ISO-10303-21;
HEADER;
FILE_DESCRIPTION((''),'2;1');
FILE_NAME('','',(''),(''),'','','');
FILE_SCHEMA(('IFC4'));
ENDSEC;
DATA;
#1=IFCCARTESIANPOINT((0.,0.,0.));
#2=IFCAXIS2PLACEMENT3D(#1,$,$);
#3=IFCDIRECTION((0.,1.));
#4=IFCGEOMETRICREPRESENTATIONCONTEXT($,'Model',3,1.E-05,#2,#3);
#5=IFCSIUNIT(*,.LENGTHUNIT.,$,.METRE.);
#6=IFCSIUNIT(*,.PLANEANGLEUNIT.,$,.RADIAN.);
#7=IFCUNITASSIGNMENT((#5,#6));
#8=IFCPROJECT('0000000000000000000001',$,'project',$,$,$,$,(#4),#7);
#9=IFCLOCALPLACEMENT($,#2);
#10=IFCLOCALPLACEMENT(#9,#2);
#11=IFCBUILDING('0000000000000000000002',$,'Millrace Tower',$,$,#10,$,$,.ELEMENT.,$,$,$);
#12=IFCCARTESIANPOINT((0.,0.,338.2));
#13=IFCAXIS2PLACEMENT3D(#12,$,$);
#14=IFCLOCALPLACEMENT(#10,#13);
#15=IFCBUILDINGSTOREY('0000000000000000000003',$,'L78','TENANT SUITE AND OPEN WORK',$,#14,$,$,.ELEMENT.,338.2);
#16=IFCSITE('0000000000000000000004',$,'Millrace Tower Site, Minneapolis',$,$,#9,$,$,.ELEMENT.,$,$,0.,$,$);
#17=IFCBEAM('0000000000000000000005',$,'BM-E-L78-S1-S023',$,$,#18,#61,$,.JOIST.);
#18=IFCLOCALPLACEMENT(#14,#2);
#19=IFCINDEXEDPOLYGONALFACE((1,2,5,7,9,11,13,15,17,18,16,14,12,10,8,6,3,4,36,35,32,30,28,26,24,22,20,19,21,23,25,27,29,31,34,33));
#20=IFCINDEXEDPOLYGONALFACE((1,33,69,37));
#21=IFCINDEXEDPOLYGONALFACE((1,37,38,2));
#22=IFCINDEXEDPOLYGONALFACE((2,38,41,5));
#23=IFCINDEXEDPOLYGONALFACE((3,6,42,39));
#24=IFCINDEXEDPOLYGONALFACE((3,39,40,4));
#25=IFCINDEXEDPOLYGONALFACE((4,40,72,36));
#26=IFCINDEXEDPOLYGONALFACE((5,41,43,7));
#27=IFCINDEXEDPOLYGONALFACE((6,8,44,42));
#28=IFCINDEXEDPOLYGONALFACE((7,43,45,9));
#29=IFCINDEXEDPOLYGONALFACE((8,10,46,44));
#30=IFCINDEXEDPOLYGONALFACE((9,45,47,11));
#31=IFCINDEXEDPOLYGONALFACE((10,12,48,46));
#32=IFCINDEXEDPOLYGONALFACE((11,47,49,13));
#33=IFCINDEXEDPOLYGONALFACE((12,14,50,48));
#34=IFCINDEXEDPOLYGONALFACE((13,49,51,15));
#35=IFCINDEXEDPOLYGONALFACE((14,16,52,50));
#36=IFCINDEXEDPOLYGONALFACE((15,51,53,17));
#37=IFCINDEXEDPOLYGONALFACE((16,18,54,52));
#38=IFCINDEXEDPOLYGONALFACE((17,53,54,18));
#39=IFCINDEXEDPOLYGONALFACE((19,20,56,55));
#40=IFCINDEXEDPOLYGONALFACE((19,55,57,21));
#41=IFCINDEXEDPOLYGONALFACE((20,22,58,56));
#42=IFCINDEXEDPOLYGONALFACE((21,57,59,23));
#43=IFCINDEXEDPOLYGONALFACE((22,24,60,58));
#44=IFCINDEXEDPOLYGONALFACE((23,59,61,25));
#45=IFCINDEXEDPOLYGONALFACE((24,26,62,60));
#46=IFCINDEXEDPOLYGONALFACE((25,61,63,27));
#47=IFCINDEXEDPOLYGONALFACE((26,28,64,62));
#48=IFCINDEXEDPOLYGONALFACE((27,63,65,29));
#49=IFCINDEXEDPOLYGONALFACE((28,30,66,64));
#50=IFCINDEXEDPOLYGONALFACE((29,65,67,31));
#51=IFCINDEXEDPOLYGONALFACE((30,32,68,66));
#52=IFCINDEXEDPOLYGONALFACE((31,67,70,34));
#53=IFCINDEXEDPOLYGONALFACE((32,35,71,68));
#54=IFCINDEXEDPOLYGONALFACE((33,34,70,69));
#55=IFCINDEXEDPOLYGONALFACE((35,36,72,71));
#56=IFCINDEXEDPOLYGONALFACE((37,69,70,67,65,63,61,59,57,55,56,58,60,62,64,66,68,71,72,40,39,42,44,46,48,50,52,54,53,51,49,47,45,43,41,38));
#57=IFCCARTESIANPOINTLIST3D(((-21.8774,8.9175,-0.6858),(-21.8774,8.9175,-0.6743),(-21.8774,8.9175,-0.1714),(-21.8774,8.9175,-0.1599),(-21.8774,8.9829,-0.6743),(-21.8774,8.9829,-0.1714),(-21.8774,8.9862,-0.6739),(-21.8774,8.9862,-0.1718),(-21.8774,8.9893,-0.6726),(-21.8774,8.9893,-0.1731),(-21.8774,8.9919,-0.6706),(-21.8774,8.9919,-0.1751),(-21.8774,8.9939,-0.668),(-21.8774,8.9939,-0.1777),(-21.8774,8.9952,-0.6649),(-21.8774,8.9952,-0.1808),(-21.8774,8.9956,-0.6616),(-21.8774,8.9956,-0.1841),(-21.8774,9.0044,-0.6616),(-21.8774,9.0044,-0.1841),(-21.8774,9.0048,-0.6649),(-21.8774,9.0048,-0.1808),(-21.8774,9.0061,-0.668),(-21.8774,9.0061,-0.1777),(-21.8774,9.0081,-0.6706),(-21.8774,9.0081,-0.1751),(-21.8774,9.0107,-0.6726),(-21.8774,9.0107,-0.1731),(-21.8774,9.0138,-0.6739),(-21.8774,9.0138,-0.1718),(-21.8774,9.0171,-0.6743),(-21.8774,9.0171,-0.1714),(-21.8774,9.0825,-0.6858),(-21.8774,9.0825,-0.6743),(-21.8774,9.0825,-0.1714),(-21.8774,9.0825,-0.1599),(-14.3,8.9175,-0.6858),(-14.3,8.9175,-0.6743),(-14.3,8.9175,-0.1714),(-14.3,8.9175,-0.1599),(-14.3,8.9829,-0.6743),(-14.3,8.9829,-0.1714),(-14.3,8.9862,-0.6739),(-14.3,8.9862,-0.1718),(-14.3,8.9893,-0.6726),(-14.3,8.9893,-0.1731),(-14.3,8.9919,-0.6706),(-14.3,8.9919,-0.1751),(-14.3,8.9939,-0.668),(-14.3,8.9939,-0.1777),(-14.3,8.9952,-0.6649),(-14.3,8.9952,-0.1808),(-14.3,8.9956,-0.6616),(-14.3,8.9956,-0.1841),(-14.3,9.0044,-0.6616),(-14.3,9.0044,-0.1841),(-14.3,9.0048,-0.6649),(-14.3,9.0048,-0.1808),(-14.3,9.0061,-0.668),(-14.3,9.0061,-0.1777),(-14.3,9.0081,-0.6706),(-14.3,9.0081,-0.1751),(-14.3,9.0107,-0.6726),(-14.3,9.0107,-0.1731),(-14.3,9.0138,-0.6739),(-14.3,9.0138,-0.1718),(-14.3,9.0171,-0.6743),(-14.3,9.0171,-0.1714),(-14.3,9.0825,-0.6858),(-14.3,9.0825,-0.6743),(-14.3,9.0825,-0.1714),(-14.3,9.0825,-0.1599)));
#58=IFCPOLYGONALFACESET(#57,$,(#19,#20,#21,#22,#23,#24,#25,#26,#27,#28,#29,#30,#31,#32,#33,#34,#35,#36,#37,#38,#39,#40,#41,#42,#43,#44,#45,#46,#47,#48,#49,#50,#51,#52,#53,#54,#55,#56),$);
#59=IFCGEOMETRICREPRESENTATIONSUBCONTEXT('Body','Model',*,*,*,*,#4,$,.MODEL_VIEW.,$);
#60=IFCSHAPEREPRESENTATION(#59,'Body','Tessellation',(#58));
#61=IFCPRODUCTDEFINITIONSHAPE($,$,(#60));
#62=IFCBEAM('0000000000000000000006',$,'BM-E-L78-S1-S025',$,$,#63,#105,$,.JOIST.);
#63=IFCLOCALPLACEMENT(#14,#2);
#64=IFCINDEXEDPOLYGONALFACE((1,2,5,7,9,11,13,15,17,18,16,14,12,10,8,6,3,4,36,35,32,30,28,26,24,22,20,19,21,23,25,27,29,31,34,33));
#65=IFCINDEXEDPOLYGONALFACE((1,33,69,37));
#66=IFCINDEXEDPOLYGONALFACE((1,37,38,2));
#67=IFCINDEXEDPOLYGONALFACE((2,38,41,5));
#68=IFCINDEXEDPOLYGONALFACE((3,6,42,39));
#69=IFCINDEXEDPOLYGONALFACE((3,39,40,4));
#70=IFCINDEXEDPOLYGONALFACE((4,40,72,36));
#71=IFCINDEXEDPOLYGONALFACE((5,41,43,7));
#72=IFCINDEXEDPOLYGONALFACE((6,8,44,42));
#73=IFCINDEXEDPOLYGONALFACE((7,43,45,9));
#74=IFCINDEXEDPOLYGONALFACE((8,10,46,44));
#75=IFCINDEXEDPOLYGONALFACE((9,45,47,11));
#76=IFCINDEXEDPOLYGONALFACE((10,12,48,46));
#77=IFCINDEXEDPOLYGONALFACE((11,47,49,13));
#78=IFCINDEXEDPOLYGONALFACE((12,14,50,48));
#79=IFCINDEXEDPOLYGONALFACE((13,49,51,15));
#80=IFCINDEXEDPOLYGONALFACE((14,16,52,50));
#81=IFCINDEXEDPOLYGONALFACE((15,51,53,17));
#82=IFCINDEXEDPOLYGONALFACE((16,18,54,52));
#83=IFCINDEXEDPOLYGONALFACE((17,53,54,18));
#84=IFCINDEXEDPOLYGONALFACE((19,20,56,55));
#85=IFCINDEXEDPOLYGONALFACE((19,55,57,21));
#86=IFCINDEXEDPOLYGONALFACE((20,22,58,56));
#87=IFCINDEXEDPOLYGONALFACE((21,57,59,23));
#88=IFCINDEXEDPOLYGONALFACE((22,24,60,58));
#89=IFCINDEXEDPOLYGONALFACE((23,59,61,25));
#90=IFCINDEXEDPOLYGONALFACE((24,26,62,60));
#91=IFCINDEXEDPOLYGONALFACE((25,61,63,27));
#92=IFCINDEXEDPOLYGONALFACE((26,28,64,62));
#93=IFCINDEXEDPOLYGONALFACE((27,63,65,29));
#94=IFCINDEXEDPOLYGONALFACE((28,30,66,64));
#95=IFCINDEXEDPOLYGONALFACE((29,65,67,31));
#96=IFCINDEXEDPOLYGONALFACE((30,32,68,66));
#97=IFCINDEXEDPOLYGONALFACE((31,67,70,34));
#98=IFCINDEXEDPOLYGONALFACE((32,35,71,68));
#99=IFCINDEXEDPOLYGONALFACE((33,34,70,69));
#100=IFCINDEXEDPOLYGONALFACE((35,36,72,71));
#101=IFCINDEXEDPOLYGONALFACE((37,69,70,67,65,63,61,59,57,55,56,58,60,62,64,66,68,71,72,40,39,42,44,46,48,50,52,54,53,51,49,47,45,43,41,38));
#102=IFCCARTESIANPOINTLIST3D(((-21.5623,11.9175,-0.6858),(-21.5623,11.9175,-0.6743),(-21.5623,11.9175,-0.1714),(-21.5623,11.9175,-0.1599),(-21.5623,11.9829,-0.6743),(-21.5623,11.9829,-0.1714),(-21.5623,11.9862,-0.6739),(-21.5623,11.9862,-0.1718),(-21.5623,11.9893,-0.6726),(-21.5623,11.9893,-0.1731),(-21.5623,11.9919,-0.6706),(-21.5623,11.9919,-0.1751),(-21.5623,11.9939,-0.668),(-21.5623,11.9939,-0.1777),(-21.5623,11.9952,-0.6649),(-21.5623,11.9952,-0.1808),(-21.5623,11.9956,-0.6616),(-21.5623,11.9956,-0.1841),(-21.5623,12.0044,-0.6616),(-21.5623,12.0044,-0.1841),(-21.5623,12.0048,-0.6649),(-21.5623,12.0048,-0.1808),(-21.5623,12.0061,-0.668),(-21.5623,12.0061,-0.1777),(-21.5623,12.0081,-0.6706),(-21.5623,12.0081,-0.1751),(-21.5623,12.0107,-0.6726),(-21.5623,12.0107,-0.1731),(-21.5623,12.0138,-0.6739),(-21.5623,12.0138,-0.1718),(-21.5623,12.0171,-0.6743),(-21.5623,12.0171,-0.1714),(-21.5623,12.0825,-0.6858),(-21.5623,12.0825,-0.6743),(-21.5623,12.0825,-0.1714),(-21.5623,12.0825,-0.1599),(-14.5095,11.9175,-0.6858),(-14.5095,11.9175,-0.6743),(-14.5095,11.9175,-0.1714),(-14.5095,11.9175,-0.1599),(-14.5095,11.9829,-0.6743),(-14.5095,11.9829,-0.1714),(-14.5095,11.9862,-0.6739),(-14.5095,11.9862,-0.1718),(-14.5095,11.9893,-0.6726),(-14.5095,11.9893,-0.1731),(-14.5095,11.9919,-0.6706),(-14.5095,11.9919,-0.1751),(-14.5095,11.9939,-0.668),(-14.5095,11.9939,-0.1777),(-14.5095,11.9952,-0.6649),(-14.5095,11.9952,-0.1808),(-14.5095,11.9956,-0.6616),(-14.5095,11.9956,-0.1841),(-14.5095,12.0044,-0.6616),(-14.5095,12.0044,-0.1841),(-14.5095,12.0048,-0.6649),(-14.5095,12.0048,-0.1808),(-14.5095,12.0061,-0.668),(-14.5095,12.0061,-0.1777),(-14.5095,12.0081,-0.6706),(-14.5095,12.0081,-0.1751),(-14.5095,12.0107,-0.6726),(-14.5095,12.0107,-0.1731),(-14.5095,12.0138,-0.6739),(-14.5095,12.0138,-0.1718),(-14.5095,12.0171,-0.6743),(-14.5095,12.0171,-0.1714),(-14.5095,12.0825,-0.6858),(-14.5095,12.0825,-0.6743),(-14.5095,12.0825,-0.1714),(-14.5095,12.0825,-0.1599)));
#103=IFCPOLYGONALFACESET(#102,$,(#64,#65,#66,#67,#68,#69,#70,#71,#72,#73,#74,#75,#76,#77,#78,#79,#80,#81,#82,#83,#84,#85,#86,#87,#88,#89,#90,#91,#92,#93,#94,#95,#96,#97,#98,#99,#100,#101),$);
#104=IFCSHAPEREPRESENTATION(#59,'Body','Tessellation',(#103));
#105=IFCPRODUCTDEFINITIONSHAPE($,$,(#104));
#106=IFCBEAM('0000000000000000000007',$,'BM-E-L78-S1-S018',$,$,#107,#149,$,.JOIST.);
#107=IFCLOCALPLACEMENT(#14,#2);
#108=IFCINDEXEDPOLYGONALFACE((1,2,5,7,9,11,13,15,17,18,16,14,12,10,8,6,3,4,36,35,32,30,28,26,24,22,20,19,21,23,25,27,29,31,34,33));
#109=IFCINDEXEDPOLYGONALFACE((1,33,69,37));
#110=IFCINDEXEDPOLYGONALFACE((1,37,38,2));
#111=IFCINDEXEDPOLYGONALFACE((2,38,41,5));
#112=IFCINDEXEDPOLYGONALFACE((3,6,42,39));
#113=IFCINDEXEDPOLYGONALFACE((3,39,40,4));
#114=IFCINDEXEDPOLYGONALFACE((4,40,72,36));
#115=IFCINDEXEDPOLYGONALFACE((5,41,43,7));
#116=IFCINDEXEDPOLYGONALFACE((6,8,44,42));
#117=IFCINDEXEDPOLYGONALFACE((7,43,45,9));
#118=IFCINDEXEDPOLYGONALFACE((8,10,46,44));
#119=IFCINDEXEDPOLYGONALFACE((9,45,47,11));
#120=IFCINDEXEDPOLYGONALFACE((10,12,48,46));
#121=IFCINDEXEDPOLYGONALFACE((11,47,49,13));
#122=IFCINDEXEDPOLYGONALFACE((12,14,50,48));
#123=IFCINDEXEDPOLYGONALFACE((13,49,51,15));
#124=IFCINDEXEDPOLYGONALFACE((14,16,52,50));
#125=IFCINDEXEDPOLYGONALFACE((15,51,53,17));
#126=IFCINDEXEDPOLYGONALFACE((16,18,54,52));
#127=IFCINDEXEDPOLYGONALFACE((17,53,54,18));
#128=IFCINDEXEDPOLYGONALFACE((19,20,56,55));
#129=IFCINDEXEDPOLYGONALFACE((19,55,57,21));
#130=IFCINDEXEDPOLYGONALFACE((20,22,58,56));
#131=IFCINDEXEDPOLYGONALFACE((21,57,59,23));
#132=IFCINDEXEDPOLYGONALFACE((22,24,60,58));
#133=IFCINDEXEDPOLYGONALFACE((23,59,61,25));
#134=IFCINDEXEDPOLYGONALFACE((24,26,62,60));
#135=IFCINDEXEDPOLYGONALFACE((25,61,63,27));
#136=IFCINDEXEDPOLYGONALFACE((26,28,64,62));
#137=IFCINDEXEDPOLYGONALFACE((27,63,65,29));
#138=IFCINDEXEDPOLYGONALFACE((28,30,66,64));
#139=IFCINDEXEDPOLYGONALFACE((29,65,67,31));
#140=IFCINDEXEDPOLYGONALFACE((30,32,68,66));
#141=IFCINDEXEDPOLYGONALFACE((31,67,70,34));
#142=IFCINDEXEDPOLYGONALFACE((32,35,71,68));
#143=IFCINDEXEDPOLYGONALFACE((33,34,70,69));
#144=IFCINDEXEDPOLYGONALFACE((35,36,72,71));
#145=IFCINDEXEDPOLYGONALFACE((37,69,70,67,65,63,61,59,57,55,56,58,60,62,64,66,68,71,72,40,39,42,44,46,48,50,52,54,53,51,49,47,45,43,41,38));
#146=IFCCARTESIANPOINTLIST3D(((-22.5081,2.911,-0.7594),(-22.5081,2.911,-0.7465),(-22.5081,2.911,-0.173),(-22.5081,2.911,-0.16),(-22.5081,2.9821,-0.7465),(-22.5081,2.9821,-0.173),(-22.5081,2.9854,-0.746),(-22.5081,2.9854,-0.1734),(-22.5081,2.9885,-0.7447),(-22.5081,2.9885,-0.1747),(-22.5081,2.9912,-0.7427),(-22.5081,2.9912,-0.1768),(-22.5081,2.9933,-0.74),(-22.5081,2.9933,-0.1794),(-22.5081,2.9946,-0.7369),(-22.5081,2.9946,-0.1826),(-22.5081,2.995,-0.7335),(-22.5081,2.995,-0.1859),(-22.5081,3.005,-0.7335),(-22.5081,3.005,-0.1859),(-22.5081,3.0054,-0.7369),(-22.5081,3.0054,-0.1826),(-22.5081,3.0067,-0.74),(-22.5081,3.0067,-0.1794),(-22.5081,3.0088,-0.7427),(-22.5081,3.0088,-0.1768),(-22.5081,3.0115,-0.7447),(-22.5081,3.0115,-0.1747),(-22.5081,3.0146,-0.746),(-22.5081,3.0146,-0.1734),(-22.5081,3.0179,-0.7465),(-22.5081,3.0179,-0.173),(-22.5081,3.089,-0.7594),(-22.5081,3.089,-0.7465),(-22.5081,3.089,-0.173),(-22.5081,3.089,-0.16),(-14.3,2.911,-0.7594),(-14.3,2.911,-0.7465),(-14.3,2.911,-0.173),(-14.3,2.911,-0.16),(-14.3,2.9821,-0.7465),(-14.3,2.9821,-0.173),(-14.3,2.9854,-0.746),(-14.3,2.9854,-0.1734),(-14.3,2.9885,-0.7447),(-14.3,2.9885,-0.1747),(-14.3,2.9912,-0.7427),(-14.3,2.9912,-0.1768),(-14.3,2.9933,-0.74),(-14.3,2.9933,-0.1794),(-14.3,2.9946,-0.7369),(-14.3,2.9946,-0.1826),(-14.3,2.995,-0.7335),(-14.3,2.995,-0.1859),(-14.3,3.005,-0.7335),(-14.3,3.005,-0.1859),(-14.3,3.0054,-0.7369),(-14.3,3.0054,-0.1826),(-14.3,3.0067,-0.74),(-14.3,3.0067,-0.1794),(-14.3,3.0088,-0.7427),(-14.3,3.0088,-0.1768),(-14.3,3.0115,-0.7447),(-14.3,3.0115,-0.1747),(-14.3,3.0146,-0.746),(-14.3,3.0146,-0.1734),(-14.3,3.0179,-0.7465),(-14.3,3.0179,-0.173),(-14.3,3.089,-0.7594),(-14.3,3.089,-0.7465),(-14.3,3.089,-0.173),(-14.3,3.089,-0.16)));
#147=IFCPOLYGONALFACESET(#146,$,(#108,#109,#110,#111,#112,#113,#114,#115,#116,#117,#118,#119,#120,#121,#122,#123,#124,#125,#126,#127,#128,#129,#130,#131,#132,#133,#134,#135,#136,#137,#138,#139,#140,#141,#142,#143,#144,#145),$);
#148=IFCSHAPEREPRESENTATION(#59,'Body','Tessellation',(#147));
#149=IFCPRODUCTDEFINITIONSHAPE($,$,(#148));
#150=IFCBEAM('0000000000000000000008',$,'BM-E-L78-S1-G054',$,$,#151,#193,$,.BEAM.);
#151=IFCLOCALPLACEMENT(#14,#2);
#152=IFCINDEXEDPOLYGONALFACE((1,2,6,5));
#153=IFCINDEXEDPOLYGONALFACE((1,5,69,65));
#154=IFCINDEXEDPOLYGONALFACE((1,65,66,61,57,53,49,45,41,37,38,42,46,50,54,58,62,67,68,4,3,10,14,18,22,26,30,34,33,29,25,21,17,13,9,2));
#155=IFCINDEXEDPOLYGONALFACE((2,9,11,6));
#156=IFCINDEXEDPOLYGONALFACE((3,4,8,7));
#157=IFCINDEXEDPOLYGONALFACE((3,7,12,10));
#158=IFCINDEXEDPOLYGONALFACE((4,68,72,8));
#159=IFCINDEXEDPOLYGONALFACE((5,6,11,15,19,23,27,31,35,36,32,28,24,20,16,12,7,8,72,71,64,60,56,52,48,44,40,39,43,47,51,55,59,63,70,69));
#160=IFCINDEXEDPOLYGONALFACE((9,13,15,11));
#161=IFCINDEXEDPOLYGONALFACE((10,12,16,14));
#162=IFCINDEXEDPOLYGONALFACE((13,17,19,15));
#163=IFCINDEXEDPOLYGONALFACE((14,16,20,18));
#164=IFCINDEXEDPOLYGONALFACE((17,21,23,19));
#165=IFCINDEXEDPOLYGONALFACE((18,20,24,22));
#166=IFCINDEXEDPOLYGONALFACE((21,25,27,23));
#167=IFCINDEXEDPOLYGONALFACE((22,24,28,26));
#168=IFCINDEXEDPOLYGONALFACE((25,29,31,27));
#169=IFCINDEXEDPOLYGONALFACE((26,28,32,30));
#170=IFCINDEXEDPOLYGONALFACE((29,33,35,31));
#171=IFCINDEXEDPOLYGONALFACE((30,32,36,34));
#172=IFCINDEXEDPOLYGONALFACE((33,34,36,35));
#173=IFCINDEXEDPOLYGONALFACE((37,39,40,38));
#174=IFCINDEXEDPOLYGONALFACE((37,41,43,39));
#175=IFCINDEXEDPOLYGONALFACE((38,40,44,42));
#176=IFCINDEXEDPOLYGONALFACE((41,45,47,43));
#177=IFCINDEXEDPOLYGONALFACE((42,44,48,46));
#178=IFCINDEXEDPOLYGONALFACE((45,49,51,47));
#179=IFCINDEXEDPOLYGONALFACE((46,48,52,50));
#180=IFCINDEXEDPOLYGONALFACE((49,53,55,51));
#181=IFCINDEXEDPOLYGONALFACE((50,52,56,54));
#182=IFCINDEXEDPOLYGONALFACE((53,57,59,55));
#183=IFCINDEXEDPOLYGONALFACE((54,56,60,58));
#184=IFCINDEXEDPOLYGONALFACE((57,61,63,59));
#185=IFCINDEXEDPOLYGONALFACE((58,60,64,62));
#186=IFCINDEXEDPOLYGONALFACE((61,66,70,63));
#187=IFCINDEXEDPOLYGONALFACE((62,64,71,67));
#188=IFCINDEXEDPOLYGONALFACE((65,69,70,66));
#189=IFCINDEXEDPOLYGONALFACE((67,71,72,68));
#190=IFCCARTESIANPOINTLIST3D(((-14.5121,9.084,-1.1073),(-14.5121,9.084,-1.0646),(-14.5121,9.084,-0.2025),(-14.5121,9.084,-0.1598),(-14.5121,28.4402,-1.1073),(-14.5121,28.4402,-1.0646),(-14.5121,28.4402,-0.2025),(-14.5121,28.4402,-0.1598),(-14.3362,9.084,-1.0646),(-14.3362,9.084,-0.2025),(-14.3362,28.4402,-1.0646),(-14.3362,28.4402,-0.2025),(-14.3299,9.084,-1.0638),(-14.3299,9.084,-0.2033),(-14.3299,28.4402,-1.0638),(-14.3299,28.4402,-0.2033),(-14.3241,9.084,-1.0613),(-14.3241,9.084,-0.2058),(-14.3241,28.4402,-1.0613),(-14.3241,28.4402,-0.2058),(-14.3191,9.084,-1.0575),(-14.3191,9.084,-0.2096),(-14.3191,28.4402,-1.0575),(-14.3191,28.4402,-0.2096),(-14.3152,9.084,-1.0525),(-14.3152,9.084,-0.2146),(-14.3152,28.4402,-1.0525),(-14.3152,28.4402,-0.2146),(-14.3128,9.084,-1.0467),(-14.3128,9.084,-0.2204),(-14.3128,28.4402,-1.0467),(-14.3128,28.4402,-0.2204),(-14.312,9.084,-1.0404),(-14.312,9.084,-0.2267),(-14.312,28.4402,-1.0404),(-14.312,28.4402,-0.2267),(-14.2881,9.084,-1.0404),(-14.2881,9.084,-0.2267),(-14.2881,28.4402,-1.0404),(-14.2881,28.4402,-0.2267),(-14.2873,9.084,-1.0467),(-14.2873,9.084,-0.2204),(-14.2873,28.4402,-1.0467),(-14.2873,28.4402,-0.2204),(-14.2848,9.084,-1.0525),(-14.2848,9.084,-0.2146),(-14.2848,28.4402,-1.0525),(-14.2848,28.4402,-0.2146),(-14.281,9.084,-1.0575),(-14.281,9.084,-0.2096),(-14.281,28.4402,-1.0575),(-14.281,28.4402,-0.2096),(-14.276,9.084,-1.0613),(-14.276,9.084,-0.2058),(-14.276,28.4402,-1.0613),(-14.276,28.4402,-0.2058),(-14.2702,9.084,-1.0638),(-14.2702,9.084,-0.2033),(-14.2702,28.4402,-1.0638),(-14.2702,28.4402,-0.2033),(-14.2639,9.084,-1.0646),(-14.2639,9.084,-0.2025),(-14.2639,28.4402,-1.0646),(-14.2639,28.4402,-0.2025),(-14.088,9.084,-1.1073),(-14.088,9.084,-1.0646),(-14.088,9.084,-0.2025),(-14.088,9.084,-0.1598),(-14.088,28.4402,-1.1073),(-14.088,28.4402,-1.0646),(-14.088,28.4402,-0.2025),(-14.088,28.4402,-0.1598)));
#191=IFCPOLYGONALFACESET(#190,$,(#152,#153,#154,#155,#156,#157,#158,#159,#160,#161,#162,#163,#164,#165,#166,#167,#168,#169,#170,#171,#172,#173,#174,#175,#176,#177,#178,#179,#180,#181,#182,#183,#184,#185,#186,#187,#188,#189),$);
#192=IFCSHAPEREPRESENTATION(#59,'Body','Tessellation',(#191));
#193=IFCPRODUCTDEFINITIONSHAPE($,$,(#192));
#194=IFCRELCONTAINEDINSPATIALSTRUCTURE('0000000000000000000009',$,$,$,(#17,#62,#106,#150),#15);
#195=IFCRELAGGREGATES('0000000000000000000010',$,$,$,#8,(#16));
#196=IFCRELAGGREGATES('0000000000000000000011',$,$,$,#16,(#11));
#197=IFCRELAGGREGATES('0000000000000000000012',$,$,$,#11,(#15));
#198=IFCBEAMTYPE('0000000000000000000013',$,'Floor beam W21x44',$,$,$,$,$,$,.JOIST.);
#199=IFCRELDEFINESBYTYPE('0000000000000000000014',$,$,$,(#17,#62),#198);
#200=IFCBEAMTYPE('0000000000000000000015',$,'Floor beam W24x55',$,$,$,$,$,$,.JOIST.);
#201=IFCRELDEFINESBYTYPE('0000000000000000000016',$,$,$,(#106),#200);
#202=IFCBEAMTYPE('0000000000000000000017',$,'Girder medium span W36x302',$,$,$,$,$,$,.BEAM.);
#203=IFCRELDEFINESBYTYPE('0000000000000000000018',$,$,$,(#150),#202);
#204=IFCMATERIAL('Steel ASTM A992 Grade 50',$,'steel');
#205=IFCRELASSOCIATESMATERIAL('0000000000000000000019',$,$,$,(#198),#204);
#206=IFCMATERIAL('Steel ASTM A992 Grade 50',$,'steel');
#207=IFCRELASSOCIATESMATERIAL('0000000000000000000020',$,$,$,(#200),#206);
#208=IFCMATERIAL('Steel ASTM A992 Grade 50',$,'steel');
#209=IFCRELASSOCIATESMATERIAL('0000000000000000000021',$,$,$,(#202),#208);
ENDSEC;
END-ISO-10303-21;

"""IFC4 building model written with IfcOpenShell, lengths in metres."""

from ifc_helpers import new_model, si_unit, direction, frame, origin, origin_2d, place, context, subcontext, project, spatial, i_section, extrude, material, material_profile, profile_set, type_object, element, save


model = new_model("IFC4")

# Units and contexts
model_context = context("Model", 3, precision=1e-05, world=origin(), true_north=direction((0.0, 1.0)))
body_context = subcontext(model_context, "Body", "Model", "MODEL_VIEW")
ifc_project = project(units=[si_unit("LENGTHUNIT", "METRE"), si_unit("PLANEANGLEUNIT", "RADIAN")], contexts=[model_context])

# Site, building, storey
site_placement = place(None, origin())
site = spatial("IfcSite", under=ifc_project, at=site_placement, Name="Millrace Tower Site, Minneapolis", CompositionType="ELEMENT", RefElevation=0.0)
building_placement = place(site_placement, origin())
building = spatial("IfcBuilding", under=site, at=building_placement, Name="Millrace Tower", CompositionType="ELEMENT")
storey_placement = place(building_placement, frame((0.0, 0.0, 338.2)))
storey = spatial("IfcBuildingStorey", under=building, at=storey_placement, Name="L78", Description="TENANT SUITE AND OPEN WORK", CompositionType="ELEMENT", Elevation=338.2)

# Beams
ifc_material_1 = material(Name="Steel ASTM A992 Grade 50", Category="steel")
ifc_material_profile_1 = material_profile(ifc_material_1, i_section(OverallWidth=0.165, OverallDepth=0.5259, WebThickness=0.0088, FlangeThickness=0.0115, FilletRadius=0.0127, at=origin_2d()))
ifc_profile_set_1 = profile_set([ifc_material_profile_1], Name="Steel ASTM A992 Grade 50")
beam_type_1 = type_object("IfcBeamType", Name="Floor beam W21x44", PredefinedType="JOIST", material=ifc_profile_set_1)
beam_1_placement = place(storey_placement, frame((-21.8774, 9.0, -0.4229), z_axis=(1.0, 0.0, 0.0), x_axis=(0.0, 1.0, 0.0)))
element("IfcBeam", 1, at=beam_1_placement, inside=storey, type_object=beam_type_1, Name="BM-E-L78-S1-S023", PredefinedType="JOIST", context=body_context, shape_type="SweptSolid", body=[
    extrude(i_section(OverallWidth=0.165, OverallDepth=0.5259, WebThickness=0.0088, FlangeThickness=0.0115, FilletRadius=0.0127, at=origin_2d()), origin(), (0.0, 0.0, 1.0), 7.5774),
])
beam_2_placement = place(storey_placement, frame((-21.5623, 12.0, -0.4229), z_axis=(1.0, 0.0, 0.0), x_axis=(0.0, 1.0, 0.0)))
element("IfcBeam", 2, at=beam_2_placement, inside=storey, type_object=beam_type_1, Name="BM-E-L78-S1-S025", PredefinedType="JOIST", context=body_context, shape_type="SweptSolid", body=[
    extrude(i_section(OverallWidth=0.165, OverallDepth=0.5259, WebThickness=0.0088, FlangeThickness=0.0115, FilletRadius=0.0127, at=origin_2d()), origin(), (0.0, 0.0, 1.0), 7.0527),
])
ifc_material_2 = material(Name="Steel ASTM A992 Grade 50", Category="steel")
ifc_material_profile_2 = material_profile(ifc_material_2, i_section(OverallWidth=0.178, OverallDepth=0.5994, WebThickness=0.01, FlangeThickness=0.0129, FilletRadius=0.0129, at=origin_2d()))
ifc_profile_set_2 = profile_set([ifc_material_profile_2], Name="Steel ASTM A992 Grade 50")
beam_type_2 = type_object("IfcBeamType", Name="Floor beam W24x55", PredefinedType="JOIST", material=ifc_profile_set_2)
beam_3_placement = place(storey_placement, frame((-22.5081, 3.0, -0.4597), z_axis=(1.0, 0.0, 0.0), x_axis=(0.0, 1.0, 0.0)))
element("IfcBeam", 3, at=beam_3_placement, inside=storey, type_object=beam_type_2, Name="BM-E-L78-S1-S018", PredefinedType="JOIST", context=body_context, shape_type="SweptSolid", body=[
    extrude(i_section(OverallWidth=0.178, OverallDepth=0.5994, WebThickness=0.01, FlangeThickness=0.0129, FilletRadius=0.0129, at=origin_2d()), origin(), (0.0, 0.0, 1.0), 8.208),
])
ifc_material_3 = material(Name="Steel ASTM A992 Grade 50", Category="steel")
ifc_material_profile_3 = material_profile(ifc_material_3, i_section(OverallWidth=0.4241, OverallDepth=0.9475, WebThickness=0.0239, FlangeThickness=0.0427, FilletRadius=0.0242, at=origin_2d()))
ifc_profile_set_3 = profile_set([ifc_material_profile_3], Name="Steel ASTM A992 Grade 50")
beam_type_3 = type_object("IfcBeamType", Name="Girder medium span W36x302", PredefinedType="BEAM", material=ifc_profile_set_3)
beam_4_placement = place(storey_placement, frame((-14.3, 9.084, -0.6335), z_axis=(0.0, 1.0, 0.0), x_axis=(-1.0, 0.0, 0.0)))
element("IfcBeam", 4, at=beam_4_placement, inside=storey, type_object=beam_type_3, Name="BM-E-L78-S1-G054", PredefinedType="BEAM", context=body_context, shape_type="SweptSolid", body=[
    extrude(i_section(OverallWidth=0.4241, OverallDepth=0.9475, WebThickness=0.0239, FlangeThickness=0.0427, FilletRadius=0.0242, at=origin_2d()), origin(), (0.0, 0.0, 1.0), 19.3562),
])

save(model, "model.ifc")
